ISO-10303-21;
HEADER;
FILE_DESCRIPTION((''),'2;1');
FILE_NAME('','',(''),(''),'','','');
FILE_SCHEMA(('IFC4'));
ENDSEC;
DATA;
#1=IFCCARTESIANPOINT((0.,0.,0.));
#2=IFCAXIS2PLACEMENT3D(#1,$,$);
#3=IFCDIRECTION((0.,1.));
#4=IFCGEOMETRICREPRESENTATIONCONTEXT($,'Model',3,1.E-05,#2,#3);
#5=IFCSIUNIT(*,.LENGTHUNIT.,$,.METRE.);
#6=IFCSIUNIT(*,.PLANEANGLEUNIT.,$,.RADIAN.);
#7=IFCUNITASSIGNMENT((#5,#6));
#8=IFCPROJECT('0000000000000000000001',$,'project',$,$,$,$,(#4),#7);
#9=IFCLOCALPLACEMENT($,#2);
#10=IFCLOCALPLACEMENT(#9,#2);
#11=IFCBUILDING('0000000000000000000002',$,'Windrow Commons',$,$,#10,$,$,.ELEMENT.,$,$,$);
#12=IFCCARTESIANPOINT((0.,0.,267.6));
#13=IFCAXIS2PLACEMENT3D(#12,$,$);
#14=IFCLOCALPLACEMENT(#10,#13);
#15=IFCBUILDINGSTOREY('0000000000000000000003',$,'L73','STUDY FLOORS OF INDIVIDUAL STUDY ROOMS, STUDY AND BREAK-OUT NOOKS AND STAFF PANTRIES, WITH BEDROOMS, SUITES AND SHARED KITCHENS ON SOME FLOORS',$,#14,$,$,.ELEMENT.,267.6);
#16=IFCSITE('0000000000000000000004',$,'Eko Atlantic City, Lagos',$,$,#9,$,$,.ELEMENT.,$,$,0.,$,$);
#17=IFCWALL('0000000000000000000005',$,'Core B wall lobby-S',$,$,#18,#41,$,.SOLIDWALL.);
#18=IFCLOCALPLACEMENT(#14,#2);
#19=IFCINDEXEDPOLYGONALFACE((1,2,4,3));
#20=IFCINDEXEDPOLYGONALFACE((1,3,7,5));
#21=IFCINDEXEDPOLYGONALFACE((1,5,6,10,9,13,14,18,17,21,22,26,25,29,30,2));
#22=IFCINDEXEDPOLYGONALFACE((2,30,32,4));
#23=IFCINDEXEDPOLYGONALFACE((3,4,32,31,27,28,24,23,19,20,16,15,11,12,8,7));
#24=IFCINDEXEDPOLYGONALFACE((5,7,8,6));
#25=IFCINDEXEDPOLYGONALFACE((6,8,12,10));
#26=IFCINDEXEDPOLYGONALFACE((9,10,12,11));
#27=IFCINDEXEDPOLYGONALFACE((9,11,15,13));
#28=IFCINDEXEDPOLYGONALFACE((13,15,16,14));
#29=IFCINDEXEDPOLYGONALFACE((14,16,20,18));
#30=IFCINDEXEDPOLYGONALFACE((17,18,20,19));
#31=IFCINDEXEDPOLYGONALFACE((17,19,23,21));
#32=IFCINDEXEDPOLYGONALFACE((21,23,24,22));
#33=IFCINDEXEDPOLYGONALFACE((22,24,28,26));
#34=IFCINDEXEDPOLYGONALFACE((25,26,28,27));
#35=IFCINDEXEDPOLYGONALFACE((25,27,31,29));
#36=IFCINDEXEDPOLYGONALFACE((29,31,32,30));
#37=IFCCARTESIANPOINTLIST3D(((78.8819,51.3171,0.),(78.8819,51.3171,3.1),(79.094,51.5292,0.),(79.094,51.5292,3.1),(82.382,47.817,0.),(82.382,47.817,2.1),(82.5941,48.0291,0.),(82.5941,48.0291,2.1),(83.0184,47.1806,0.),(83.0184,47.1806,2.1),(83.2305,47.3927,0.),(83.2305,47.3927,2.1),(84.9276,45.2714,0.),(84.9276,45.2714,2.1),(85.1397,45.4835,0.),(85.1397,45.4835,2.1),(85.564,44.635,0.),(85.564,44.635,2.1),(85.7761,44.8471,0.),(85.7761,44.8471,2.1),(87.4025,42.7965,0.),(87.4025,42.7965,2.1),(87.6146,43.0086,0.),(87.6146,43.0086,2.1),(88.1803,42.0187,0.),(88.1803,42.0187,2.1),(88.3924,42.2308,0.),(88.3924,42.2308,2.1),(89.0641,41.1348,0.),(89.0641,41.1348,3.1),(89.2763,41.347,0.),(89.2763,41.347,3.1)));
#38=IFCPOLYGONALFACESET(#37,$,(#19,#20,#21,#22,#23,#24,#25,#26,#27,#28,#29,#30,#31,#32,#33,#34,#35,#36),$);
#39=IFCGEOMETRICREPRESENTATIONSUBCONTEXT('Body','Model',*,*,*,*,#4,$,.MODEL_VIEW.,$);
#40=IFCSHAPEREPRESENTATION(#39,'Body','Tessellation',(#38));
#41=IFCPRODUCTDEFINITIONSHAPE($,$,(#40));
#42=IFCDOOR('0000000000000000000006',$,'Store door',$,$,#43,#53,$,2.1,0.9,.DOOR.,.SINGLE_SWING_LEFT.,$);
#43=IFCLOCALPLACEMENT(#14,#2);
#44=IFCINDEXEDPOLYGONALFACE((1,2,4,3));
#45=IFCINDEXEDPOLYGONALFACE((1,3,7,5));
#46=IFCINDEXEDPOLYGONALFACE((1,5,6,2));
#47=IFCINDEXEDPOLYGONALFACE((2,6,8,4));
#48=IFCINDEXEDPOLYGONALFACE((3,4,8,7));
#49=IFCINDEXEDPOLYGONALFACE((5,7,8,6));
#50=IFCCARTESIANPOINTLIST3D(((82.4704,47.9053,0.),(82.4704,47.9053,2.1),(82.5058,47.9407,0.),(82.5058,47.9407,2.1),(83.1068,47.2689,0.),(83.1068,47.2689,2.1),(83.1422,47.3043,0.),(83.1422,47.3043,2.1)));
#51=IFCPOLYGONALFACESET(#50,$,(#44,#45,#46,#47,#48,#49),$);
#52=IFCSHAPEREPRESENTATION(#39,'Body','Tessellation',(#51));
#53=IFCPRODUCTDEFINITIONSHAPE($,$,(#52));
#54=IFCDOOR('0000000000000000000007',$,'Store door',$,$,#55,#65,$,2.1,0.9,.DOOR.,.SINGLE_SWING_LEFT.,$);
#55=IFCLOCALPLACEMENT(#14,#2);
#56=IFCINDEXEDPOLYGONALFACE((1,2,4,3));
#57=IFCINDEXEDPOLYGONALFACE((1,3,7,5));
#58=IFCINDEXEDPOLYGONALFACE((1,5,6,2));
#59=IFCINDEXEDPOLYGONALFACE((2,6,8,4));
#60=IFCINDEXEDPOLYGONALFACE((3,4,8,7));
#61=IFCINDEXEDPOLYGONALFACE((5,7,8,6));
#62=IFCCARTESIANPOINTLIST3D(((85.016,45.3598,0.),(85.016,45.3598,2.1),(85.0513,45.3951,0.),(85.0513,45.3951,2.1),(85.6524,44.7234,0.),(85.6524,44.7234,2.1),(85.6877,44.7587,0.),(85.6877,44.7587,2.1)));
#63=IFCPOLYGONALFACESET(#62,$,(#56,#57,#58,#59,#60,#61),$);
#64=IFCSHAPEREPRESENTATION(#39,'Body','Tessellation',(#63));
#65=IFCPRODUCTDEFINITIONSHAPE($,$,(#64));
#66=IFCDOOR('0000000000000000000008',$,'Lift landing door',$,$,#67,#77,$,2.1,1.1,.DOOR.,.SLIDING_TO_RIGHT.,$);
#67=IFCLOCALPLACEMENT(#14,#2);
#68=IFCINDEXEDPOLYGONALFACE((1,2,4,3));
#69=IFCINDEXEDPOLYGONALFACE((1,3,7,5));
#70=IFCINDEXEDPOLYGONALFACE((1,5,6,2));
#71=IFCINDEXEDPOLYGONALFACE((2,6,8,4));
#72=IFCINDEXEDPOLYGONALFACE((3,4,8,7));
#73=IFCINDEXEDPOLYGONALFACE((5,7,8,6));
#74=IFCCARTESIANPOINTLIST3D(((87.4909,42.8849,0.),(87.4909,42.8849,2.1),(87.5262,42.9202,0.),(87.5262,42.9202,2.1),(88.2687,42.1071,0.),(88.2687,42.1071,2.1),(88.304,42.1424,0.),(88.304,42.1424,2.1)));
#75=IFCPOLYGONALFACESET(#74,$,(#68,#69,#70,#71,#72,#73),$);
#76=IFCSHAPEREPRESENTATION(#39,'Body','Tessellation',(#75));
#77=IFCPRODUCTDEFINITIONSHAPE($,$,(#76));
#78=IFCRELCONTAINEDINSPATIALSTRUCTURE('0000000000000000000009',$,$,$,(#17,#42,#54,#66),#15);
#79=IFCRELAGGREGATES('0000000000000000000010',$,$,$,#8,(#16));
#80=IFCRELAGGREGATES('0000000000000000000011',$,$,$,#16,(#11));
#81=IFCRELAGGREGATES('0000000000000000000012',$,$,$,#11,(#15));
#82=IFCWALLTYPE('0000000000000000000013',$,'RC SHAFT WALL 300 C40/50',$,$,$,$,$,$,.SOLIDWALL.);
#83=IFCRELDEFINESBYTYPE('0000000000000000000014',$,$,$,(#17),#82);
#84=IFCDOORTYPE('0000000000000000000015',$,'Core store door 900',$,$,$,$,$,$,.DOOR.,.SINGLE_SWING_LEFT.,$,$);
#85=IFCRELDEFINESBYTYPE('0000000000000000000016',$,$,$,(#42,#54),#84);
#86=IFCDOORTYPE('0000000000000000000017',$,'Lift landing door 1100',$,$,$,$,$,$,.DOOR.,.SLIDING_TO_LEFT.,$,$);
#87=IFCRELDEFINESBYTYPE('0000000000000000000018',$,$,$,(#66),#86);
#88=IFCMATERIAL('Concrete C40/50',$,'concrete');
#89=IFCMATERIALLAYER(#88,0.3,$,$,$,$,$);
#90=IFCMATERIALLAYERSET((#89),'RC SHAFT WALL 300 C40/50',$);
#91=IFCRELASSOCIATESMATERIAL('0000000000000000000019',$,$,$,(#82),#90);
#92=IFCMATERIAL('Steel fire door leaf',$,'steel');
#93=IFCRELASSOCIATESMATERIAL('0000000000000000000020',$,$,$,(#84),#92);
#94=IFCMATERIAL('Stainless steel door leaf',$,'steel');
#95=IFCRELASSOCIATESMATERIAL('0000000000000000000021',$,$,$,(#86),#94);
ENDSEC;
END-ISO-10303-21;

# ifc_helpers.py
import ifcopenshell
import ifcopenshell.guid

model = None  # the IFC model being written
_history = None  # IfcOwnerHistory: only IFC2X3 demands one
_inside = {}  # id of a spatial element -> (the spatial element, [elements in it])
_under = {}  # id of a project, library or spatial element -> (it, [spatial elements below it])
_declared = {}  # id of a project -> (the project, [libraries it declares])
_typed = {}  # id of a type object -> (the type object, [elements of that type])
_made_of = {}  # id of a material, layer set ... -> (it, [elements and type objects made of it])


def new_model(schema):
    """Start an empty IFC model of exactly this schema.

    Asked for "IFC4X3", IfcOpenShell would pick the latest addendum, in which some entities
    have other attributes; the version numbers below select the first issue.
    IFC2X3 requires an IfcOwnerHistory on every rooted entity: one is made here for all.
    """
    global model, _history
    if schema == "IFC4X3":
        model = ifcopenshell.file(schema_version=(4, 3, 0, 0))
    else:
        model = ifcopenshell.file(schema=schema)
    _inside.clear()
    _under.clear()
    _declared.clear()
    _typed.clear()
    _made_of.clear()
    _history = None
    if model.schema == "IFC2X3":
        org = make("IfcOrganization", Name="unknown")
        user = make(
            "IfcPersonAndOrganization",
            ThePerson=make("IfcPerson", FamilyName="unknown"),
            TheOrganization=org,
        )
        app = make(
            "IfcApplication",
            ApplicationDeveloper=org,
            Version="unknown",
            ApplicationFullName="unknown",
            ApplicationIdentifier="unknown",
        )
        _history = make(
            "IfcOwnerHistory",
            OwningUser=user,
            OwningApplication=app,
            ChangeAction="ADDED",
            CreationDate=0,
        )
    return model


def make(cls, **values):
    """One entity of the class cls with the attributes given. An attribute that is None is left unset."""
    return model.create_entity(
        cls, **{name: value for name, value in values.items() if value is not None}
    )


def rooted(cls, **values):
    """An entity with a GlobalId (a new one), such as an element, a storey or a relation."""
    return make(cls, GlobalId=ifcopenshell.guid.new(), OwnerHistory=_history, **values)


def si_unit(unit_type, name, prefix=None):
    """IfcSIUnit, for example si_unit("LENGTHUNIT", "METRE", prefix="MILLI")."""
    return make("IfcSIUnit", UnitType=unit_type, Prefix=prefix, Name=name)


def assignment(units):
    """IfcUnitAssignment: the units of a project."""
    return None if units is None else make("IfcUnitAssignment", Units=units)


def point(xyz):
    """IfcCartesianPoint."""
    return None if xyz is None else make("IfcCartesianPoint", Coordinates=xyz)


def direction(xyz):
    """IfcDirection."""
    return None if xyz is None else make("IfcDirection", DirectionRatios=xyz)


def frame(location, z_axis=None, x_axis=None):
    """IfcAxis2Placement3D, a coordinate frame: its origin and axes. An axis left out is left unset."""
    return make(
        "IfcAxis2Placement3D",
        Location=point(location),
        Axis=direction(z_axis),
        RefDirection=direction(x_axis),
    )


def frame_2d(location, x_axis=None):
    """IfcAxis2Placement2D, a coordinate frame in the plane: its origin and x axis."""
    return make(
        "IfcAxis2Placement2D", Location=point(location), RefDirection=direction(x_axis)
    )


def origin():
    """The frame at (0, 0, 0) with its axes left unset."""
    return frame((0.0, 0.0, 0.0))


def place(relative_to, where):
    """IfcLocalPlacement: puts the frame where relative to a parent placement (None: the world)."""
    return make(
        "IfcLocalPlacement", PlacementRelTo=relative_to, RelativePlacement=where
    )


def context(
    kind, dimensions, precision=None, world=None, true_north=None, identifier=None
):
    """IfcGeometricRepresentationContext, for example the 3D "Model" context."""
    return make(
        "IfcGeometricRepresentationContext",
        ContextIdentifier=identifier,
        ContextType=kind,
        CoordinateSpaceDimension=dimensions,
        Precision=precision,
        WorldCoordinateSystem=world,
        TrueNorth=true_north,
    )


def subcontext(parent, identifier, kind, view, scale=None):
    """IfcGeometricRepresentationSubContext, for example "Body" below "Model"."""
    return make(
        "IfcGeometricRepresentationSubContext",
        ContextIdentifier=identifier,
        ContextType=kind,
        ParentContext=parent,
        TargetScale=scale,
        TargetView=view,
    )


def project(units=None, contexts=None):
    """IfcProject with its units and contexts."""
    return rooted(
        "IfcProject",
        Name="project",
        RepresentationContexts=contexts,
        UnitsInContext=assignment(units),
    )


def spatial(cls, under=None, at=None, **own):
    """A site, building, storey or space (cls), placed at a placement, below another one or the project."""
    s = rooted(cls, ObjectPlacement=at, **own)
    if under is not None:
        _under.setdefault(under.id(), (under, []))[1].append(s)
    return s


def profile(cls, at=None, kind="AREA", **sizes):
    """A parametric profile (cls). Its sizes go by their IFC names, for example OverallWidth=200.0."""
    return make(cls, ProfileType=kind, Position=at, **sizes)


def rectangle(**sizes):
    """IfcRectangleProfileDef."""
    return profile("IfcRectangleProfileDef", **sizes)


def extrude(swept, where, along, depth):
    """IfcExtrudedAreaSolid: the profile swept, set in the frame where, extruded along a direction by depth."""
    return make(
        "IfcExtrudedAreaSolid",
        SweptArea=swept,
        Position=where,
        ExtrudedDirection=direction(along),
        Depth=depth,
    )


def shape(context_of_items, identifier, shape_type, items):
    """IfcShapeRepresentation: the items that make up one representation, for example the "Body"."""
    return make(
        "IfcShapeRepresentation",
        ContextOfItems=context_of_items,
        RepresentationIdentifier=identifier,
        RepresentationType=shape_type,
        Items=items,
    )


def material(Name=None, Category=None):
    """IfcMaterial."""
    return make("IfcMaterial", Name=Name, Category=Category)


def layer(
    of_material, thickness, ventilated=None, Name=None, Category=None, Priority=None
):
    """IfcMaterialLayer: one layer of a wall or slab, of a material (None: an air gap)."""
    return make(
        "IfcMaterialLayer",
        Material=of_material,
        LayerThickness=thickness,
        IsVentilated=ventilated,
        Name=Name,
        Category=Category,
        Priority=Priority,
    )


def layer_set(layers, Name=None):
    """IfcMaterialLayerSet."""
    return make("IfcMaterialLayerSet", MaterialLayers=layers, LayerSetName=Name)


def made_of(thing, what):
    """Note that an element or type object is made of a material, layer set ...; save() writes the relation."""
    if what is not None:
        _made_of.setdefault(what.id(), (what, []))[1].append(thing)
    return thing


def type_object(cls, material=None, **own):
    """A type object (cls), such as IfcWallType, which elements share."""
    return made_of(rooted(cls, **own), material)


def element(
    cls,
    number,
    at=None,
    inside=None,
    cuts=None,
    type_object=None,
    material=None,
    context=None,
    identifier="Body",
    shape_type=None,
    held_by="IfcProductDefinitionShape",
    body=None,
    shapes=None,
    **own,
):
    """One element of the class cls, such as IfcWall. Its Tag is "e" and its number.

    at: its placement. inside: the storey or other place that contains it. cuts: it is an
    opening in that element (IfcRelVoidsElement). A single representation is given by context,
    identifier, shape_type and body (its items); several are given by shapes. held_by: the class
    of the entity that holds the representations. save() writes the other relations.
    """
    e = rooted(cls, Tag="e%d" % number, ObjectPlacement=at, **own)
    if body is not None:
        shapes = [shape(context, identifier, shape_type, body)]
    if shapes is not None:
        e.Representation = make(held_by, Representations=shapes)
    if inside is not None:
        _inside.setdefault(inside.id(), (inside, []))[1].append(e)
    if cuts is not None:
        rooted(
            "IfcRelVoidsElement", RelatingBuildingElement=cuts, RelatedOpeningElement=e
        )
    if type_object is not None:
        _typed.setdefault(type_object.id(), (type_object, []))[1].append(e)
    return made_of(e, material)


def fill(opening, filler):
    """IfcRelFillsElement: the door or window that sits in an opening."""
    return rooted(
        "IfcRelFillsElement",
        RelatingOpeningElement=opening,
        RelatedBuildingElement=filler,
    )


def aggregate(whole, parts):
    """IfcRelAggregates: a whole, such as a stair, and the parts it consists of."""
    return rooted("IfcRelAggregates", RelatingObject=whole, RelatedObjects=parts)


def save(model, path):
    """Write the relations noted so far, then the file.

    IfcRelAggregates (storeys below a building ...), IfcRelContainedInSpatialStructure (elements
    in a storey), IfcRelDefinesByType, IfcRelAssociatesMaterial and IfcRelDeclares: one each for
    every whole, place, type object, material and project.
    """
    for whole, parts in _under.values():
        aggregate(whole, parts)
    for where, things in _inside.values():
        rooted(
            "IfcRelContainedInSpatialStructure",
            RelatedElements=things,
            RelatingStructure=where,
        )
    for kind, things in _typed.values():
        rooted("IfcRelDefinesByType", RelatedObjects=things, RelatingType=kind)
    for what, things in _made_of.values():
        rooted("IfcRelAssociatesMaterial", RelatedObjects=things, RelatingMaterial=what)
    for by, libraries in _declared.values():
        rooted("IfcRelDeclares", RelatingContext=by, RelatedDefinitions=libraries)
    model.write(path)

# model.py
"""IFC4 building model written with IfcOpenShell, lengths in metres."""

from ifc_helpers import new_model, si_unit, direction, frame, frame_2d, origin, place, context, subcontext, project, spatial, rectangle, extrude, material, layer, layer_set, type_object, element, fill, save


model = new_model("IFC4")

# Units and contexts
model_context = context("Model", 3, precision=1e-05, world=origin(), true_north=direction((0.0, 1.0)))
body_context = subcontext(model_context, "Body", "Model", "MODEL_VIEW")
ifc_project = project(units=[si_unit("LENGTHUNIT", "METRE"), si_unit("PLANEANGLEUNIT", "RADIAN")], contexts=[model_context])

# Site, building, storey
site_placement = place(None, origin())
site = spatial("IfcSite", under=ifc_project, at=site_placement, Name="Eko Atlantic City, Lagos", CompositionType="ELEMENT", RefElevation=0.0)
building_placement = place(site_placement, origin())
building = spatial("IfcBuilding", under=site, at=building_placement, Name="Windrow Commons", CompositionType="ELEMENT")
storey_placement = place(building_placement, frame((0.0, 0.0, 267.6)))
storey = spatial("IfcBuildingStorey", under=building, at=storey_placement, Name="L73", Description="STUDY FLOORS OF INDIVIDUAL STUDY ROOMS, STUDY AND BREAK-OUT NOOKS AND STAFF PANTRIES, WITH BEDROOMS, SUITES AND SHARED KITCHENS ON SOME FLOORS", CompositionType="ELEMENT", Elevation=267.6)

# Shared definitions
ifc_material_1 = material(Name="Concrete C40/50", Category="concrete")
ifc_layer_1 = layer(ifc_material_1, 0.3)
ifc_layer_set_1 = layer_set([ifc_layer_1], Name="RC SHAFT WALL 300 C40/50")
wall_type_1 = type_object("IfcWallType", Name="RC SHAFT WALL 300 C40/50", PredefinedType="SOLIDWALL", material=ifc_layer_set_1)

# Wall, openings, doors
wall_1_placement = place(storey_placement, frame((78.9879, 51.4232, 0.0), z_axis=(0.0, 0.0, 1.0), x_axis=(0.707107, -0.707107, 0.0)))
wall_1 = element("IfcWall", 1, at=wall_1_placement, inside=storey, type_object=wall_type_1, Name="Core B wall lobby-S", PredefinedType="SOLIDWALL", context=body_context, shape_type="SweptSolid", body=[
    extrude(rectangle(XDim=14.3999, YDim=0.3, at=frame_2d((7.2, 0.0))), origin(), (0.0, 0.0, 1.0), 3.1),
])
opening_1_placement = place(wall_1_placement, frame((4.95, 0.0, 0.0)))
opening_1 = element("IfcOpeningElement", 2, at=opening_1_placement, cuts=wall_1, PredefinedType="OPENING", context=body_context, shape_type="SweptSolid", body=[
    extrude(rectangle(XDim=0.9, YDim=2.1, at=frame_2d((0.45, 1.05))), frame((0.0, 0.16, 0.0), z_axis=(0.0, -1.0, 0.0), x_axis=(1.0, 0.0, 0.0)), (0.0, 0.0, 1.0), 0.32),
])
opening_2_placement = place(wall_1_placement, frame((8.55, 0.0, 0.0)))
opening_2 = element("IfcOpeningElement", 3, at=opening_2_placement, cuts=wall_1, PredefinedType="OPENING", context=body_context, shape_type="SweptSolid", body=[
    extrude(rectangle(XDim=0.9, YDim=2.1, at=frame_2d((0.45, 1.05))), frame((0.0, 0.16, 0.0), z_axis=(0.0, -1.0, 0.0), x_axis=(1.0, 0.0, 0.0)), (0.0, 0.0, 1.0), 0.32),
])
opening_3_placement = place(wall_1_placement, frame((12.05, 0.0, 0.0)))
opening_3 = element("IfcOpeningElement", 4, at=opening_3_placement, cuts=wall_1, PredefinedType="OPENING", context=body_context, shape_type="SweptSolid", body=[
    extrude(rectangle(XDim=1.1, YDim=2.1, at=frame_2d((0.55, 1.05))), frame((0.0, 0.16, 0.0), z_axis=(0.0, -1.0, 0.0), x_axis=(1.0, 0.0, 0.0)), (0.0, 0.0, 1.0), 0.32),
])
ifc_material_2 = material(Name="Steel fire door leaf", Category="steel")
door_type_1 = type_object("IfcDoorType", Name="Core store door 900", OperationType="SINGLE_SWING_LEFT", PredefinedType="DOOR", material=ifc_material_2)
door_1_placement = place(opening_1_placement, origin())
door_1 = element("IfcDoor", 5, at=door_1_placement, inside=storey, type_object=door_type_1, Name="Store door", OperationType="SINGLE_SWING_LEFT", OverallHeight=2.1, OverallWidth=0.9, PredefinedType="DOOR", context=body_context, shape_type="SweptSolid", body=[
    extrude(rectangle(XDim=0.9, YDim=2.1, at=frame_2d((0.45, 1.05))), frame((0.0, 0.025, 0.0), z_axis=(0.0, -1.0, 0.0), x_axis=(1.0, 0.0, 0.0)), (0.0, 0.0, 1.0), 0.05),
])
fill(opening_1, door_1)
door_2_placement = place(opening_2_placement, origin())
door_2 = element("IfcDoor", 6, at=door_2_placement, inside=storey, type_object=door_type_1, Name="Store door", OperationType="SINGLE_SWING_LEFT", OverallHeight=2.1, OverallWidth=0.9, PredefinedType="DOOR", context=body_context, shape_type="SweptSolid", body=[
    extrude(rectangle(XDim=0.9, YDim=2.1, at=frame_2d((0.45, 1.05))), frame((0.0, 0.025, 0.0), z_axis=(0.0, -1.0, 0.0), x_axis=(1.0, 0.0, 0.0)), (0.0, 0.0, 1.0), 0.05),
])
fill(opening_2, door_2)
ifc_material_3 = material(Name="Stainless steel door leaf", Category="steel")
door_type_2 = type_object("IfcDoorType", Name="Lift landing door 1100", OperationType="SLIDING_TO_LEFT", PredefinedType="DOOR", material=ifc_material_3)
door_3_placement = place(opening_3_placement, origin())
door_3 = element("IfcDoor", 7, at=door_3_placement, inside=storey, type_object=door_type_2, Name="Lift landing door", OperationType="SLIDING_TO_RIGHT", OverallHeight=2.1, OverallWidth=1.1, PredefinedType="DOOR", context=body_context, shape_type="SweptSolid", body=[
    extrude(rectangle(XDim=1.1, YDim=2.1, at=frame_2d((0.55, 1.05))), frame((0.0, 0.025, 0.0), z_axis=(0.0, -1.0, 0.0), x_axis=(1.0, 0.0, 0.0)), (0.0, 0.0, 1.0), 0.05),
])
fill(opening_3, door_3)

save(model, "model.ifc")
